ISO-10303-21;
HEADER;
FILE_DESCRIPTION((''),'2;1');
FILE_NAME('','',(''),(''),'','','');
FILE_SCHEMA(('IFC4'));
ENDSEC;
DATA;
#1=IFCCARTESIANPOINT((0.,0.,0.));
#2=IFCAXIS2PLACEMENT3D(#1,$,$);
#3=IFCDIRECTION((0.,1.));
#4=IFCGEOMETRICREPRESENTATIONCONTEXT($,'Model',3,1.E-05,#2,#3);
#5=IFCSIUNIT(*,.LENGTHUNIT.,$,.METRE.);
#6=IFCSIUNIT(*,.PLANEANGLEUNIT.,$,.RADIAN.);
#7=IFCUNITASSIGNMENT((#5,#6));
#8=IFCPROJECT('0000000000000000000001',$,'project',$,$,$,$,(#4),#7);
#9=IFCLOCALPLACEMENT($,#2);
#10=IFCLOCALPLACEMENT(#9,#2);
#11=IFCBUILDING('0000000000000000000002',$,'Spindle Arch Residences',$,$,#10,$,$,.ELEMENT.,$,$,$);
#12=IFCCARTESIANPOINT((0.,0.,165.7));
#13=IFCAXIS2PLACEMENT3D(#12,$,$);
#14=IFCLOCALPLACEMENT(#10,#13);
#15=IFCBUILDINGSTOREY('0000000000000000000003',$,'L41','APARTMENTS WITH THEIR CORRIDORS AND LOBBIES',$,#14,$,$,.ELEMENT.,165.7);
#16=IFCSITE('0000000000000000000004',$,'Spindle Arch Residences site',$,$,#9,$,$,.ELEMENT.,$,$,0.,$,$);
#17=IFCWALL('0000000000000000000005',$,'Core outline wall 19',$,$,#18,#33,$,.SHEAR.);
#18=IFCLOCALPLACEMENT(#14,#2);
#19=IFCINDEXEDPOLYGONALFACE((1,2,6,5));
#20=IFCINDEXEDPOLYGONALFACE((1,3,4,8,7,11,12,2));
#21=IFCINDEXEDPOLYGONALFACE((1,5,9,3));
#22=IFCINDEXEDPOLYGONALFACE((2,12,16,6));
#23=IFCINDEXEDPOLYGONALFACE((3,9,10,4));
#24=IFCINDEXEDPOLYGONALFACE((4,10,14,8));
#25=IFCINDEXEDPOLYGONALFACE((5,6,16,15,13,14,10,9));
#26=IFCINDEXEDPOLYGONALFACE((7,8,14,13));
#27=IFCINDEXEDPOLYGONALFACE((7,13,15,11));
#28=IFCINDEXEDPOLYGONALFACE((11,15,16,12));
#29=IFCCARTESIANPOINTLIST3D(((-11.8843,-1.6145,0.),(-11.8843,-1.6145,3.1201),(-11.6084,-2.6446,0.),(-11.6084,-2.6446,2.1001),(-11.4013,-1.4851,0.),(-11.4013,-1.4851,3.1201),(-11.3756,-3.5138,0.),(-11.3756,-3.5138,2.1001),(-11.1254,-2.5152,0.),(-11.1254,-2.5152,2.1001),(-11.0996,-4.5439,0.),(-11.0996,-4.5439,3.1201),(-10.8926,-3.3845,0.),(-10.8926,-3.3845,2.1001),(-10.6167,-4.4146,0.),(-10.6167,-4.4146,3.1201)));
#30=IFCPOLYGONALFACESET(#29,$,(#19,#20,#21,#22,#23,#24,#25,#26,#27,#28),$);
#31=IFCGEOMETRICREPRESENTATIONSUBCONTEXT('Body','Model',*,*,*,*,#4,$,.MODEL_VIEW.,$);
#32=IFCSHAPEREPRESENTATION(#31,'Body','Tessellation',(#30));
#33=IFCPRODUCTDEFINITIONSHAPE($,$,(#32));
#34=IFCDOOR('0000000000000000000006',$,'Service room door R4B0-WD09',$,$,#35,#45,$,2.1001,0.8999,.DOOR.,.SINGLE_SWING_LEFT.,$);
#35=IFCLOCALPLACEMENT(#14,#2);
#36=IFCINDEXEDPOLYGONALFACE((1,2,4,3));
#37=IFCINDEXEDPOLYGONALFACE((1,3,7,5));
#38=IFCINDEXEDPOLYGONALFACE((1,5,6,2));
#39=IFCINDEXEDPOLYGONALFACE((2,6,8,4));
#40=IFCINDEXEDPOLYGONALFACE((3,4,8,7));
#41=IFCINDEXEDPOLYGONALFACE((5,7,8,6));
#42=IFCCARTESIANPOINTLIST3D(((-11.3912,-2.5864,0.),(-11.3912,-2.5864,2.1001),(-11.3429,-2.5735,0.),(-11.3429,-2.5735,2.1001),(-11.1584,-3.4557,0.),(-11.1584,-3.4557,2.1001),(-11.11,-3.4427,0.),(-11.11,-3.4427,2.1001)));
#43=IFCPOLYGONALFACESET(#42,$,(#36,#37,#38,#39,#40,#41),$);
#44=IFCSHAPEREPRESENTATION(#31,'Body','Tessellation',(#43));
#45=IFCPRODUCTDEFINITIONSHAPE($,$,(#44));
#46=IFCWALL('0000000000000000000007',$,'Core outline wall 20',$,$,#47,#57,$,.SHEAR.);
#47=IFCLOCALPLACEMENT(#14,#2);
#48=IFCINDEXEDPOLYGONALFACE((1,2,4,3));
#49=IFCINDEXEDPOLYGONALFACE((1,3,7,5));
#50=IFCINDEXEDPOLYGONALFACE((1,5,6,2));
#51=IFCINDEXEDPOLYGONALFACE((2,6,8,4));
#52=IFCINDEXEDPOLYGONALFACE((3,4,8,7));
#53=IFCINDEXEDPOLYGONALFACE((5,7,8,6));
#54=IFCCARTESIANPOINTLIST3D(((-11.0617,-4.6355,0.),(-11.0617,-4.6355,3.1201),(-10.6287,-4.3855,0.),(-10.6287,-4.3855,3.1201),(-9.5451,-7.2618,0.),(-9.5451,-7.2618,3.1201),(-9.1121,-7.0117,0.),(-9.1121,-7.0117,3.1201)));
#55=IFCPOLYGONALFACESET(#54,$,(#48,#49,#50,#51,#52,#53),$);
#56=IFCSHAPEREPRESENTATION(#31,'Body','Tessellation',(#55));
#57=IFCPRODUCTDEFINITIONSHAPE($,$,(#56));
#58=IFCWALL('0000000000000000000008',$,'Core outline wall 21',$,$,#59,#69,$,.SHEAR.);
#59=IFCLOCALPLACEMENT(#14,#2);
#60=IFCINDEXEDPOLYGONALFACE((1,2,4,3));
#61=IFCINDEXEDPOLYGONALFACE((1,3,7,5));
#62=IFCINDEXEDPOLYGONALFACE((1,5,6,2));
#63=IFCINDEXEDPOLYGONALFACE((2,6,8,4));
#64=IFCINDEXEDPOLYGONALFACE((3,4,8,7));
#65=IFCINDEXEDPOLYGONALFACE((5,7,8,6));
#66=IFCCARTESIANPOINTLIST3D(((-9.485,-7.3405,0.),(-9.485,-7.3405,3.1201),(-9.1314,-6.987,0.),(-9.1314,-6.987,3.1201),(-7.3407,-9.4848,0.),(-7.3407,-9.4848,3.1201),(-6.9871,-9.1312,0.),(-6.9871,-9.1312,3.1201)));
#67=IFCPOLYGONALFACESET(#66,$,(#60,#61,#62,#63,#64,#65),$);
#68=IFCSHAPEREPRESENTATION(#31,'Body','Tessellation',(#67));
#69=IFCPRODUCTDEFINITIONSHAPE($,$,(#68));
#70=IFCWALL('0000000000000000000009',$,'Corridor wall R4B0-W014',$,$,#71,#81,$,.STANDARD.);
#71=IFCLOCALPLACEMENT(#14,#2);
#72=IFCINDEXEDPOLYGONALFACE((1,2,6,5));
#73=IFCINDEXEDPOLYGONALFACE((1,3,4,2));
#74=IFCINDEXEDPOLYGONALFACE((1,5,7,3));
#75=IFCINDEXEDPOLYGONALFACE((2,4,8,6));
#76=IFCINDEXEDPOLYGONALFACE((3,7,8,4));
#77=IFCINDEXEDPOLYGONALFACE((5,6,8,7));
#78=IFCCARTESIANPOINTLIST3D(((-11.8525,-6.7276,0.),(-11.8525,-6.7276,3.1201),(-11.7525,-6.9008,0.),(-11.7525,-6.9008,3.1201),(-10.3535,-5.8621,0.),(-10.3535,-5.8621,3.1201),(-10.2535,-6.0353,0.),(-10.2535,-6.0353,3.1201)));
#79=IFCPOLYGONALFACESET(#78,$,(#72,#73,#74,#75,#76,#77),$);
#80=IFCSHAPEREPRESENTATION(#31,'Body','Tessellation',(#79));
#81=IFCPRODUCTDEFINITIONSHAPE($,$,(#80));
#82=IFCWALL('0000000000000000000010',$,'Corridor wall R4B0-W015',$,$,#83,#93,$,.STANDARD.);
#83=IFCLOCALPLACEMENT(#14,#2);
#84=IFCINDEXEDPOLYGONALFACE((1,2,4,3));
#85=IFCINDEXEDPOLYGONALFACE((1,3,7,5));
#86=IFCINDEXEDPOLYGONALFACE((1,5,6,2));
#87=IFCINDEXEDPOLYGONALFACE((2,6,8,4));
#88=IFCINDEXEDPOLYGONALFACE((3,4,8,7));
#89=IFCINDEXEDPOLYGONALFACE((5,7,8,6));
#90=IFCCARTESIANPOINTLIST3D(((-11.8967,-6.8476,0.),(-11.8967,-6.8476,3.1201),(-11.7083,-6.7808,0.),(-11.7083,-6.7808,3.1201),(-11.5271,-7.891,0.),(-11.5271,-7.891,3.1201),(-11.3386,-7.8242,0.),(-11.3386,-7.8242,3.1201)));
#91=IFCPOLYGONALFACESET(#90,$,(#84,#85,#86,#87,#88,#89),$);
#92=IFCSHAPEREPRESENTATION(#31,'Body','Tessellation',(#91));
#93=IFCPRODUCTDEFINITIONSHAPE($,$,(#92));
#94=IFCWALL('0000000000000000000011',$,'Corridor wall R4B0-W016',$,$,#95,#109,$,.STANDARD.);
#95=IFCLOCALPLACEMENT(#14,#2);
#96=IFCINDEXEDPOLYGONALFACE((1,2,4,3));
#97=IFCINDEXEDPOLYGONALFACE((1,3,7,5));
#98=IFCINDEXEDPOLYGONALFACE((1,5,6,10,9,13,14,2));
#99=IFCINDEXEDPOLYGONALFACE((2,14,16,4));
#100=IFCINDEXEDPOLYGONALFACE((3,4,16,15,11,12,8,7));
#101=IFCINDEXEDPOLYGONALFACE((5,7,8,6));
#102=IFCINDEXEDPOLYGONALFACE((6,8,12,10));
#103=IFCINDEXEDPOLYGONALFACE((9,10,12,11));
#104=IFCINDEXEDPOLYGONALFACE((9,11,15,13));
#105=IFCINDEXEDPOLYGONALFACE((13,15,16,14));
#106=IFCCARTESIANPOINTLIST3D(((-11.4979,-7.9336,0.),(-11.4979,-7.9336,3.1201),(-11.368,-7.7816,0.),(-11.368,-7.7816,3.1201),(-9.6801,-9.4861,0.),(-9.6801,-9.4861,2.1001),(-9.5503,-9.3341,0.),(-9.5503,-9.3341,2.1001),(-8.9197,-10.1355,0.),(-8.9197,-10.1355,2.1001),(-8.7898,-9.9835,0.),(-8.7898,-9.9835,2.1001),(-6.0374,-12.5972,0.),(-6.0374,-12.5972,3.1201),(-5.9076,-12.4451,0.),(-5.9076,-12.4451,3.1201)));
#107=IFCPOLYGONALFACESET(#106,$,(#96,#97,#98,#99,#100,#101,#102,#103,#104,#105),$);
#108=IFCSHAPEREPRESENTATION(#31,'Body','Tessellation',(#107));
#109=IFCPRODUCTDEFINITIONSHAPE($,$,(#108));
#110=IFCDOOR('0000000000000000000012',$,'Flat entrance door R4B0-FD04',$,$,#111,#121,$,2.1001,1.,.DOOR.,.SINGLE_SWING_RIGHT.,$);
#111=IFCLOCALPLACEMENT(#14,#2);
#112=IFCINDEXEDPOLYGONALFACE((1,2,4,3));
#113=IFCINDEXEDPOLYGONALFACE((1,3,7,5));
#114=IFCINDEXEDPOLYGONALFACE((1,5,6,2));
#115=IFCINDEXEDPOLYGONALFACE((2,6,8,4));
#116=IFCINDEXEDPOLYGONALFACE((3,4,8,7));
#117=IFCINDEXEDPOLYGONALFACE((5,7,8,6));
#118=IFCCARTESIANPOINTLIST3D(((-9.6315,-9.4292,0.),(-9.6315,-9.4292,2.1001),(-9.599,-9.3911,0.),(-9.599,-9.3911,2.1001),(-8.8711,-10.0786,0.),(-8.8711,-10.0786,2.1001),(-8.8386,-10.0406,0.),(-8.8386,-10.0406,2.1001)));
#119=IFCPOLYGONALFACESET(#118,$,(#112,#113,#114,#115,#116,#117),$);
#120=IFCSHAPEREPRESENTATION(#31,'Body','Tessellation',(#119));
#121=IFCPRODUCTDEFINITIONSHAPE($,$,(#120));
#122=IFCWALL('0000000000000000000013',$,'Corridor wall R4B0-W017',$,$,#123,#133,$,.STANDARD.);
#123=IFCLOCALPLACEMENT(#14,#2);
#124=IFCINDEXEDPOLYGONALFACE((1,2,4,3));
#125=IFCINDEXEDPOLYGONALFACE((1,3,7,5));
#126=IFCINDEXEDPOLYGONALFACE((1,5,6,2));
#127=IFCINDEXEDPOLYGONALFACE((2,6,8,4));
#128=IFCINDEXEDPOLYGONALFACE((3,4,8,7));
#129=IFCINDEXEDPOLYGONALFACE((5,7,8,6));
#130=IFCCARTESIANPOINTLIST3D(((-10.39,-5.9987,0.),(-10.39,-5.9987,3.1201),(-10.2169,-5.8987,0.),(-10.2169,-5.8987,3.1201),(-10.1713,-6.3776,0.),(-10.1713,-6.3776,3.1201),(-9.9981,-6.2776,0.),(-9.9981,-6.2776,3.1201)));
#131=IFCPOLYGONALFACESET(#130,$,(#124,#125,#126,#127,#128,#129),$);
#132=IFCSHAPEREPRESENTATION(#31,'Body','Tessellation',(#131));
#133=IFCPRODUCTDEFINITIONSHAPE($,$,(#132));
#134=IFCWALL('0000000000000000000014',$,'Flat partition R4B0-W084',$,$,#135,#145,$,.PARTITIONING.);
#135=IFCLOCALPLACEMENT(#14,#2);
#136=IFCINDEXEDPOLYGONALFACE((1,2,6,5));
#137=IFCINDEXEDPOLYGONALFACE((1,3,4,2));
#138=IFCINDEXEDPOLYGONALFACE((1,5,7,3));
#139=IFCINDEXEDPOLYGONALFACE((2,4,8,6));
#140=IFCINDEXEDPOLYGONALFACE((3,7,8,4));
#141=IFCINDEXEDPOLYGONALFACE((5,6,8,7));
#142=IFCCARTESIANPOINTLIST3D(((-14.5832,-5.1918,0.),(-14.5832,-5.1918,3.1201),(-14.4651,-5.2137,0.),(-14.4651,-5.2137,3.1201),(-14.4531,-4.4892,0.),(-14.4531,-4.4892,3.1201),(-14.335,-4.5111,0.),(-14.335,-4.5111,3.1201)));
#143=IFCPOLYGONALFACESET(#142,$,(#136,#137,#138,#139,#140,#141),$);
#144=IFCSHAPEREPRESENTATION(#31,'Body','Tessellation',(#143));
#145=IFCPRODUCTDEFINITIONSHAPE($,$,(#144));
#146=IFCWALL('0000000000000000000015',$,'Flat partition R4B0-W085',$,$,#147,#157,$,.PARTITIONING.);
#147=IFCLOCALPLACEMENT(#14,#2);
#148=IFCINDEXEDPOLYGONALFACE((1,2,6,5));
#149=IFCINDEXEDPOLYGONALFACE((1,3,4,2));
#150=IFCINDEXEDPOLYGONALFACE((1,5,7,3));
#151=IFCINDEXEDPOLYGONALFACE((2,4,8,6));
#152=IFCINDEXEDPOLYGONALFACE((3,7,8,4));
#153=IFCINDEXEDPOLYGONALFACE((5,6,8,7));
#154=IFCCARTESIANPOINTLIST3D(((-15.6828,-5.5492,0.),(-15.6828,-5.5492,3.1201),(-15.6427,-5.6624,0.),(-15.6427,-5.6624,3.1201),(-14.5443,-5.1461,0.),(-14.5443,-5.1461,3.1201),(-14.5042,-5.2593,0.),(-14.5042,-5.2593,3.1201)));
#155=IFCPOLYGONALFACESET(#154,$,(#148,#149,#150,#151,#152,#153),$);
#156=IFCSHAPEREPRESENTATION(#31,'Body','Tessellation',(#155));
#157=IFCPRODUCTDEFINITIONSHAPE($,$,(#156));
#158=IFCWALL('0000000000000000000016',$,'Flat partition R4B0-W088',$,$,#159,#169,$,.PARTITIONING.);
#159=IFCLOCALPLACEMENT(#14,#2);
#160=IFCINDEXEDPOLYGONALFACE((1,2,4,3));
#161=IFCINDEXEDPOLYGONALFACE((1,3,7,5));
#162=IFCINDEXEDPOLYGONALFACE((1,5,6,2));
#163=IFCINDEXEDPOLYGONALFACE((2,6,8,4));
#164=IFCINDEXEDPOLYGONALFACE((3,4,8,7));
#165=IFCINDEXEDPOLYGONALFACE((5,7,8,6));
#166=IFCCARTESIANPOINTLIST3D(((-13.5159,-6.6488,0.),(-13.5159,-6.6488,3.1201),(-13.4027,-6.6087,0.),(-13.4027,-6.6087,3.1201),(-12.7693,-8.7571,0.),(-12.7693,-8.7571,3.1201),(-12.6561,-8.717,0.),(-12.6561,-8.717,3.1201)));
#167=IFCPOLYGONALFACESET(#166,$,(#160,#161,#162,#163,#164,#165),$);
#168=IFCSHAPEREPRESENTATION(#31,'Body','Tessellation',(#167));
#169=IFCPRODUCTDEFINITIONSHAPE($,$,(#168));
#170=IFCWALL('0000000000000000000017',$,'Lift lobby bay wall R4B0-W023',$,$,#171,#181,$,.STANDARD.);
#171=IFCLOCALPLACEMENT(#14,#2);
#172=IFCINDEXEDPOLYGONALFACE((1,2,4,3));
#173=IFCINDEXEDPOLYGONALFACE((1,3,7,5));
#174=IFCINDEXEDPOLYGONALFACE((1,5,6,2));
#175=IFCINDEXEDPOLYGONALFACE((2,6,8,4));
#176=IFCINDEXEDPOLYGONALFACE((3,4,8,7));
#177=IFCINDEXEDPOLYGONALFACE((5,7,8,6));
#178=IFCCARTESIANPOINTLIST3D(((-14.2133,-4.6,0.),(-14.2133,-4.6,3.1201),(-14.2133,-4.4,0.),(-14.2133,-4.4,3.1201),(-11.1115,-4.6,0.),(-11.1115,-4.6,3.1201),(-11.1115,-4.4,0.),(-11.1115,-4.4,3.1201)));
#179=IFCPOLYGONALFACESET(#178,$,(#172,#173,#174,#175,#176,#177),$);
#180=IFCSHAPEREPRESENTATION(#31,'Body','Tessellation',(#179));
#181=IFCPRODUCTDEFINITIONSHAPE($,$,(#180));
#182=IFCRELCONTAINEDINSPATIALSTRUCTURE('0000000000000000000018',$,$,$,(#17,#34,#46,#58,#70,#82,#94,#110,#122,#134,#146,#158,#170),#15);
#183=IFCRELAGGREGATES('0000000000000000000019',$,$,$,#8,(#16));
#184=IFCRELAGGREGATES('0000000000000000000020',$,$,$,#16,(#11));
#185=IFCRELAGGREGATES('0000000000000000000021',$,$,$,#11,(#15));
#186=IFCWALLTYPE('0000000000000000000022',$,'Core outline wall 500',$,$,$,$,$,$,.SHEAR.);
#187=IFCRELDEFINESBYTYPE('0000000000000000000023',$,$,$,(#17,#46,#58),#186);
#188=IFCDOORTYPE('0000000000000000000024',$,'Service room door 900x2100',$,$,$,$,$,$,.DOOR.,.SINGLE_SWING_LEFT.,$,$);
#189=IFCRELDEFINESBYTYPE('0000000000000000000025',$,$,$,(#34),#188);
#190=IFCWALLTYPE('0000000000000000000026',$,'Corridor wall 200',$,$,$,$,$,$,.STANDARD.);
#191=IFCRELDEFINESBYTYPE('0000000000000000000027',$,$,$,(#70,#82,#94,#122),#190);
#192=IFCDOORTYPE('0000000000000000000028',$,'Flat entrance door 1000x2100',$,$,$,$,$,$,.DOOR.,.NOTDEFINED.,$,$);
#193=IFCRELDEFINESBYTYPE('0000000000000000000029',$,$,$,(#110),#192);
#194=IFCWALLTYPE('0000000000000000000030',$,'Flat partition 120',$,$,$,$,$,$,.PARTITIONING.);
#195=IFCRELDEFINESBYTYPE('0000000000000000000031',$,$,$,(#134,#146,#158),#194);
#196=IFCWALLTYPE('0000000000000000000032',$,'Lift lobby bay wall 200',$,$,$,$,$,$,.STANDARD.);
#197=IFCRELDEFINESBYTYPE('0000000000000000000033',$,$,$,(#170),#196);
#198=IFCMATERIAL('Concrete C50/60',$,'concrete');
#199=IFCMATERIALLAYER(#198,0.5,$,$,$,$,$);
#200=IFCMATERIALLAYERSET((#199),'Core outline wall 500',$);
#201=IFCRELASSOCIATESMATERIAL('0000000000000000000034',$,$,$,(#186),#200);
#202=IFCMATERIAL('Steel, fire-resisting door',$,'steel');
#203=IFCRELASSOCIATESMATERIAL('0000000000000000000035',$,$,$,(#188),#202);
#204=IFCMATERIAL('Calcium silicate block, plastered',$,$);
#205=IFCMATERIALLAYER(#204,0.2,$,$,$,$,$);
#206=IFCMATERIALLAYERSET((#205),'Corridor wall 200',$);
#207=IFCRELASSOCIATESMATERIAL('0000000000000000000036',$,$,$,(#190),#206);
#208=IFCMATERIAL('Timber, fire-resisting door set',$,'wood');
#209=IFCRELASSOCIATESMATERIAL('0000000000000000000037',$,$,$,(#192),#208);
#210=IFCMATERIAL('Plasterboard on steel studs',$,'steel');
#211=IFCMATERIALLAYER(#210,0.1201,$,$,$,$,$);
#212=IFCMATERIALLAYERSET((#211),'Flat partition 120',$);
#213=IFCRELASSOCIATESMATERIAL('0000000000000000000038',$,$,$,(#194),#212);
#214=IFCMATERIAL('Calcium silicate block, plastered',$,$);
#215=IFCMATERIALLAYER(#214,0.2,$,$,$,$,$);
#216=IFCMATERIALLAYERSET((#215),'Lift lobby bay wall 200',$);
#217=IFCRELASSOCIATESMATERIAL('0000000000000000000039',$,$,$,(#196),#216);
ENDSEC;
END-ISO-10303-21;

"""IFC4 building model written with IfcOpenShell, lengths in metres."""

from ifc_helpers import new_model, si_unit, direction, frame, frame_2d, origin, place, context, subcontext, project, spatial, rectangle, extrude, material, layer, layer_set, type_object, element, fill, save


model = new_model("IFC4")

# Units and contexts
model_context = context("Model", 3, precision=1e-05, world=origin(), true_north=direction((0.0, 1.0)))
body_context = subcontext(model_context, "Body", "Model", "MODEL_VIEW")
ifc_project = project(units=[si_unit("LENGTHUNIT", "METRE"), si_unit("PLANEANGLEUNIT", "RADIAN")], contexts=[model_context])

# Site, building, storey
site_placement = place(None, origin())
site = spatial("IfcSite", under=ifc_project, at=site_placement, Name="Spindle Arch Residences site", CompositionType="ELEMENT", RefElevation=0.0)
building_placement = place(site_placement, origin())
building = spatial("IfcBuilding", under=site, at=building_placement, Name="Spindle Arch Residences", CompositionType="ELEMENT")
storey_placement = place(building_placement, frame((0.0, 0.0, 165.7)))
storey = spatial("IfcBuildingStorey", under=building, at=storey_placement, Name="L41", Description="APARTMENTS WITH THEIR CORRIDORS AND LOBBIES", CompositionType="ELEMENT", Elevation=165.7)

# Wall, opening, door
ifc_material_1 = material(Name="Concrete C50/60", Category="concrete")
ifc_layer_1 = layer(ifc_material_1, 0.5)
ifc_layer_set_1 = layer_set([ifc_layer_1], Name="Core outline wall 500")
wall_type_1 = type_object("IfcWallType", Name="Core outline wall 500", PredefinedType="SHEAR", material=ifc_layer_set_1)
wall_1_placement = place(storey_placement, frame((-11.6428, -1.5498, 0.0), z_axis=(0.0, 0.0, 1.0), x_axis=(0.258735, -0.965948, 0.0)))
wall_1 = element("IfcWall", 1, at=wall_1_placement, inside=storey, type_object=wall_type_1, Name="Core outline wall 19", PredefinedType="SHEAR", context=body_context, shape_type="SweptSolid", body=[
    extrude(rectangle(XDim=3.0327, YDim=0.5, at=frame_2d((1.5164, 0.0))), origin(), (0.0, 0.0, 1.0), 3.1201),
])
opening_1_placement = place(wall_1_placement, frame((1.0664, 0.0, 0.0)))
opening_1 = element("IfcOpeningElement", 2, at=opening_1_placement, cuts=wall_1, PredefinedType="OPENING", context=body_context, shape_type="SweptSolid", body=[
    extrude(rectangle(XDim=0.8999, YDim=2.1001, at=frame_2d((0.45, 1.05))), frame((0.0, 0.26, 0.0), z_axis=(0.0, -1.0, 0.0), x_axis=(1.0, 0.0, 0.0)), (0.0, 0.0, 1.0), 0.52),
])
ifc_material_2 = material(Name="Steel, fire-resisting door", Category="steel")
door_type_1 = type_object("IfcDoorType", Name="Service room door 900x2100", OperationType="SINGLE_SWING_LEFT", PredefinedType="DOOR", material=ifc_material_2)
door_1_placement = place(opening_1_placement, origin())
door_1 = element("IfcDoor", 3, at=door_1_placement, inside=storey, type_object=door_type_1, Name="Service room door R4B0-WD09", OperationType="SINGLE_SWING_LEFT", OverallHeight=2.1001, OverallWidth=0.8999, PredefinedType="DOOR", context=body_context, shape_type="SweptSolid", body=[
    extrude(rectangle(XDim=0.8999, YDim=2.1001, at=frame_2d((0.45, 1.05))), frame((0.0, 0.0249, 0.0), z_axis=(0.0, -1.0, 0.0), x_axis=(1.0, 0.0, 0.0)), (0.0, 0.0, 1.0), 0.05),
])
fill(opening_1, door_1)

# Walls
wall_2_placement = place(storey_placement, frame((-10.8452, -4.5105, 0.0), z_axis=(0.0, 0.0, 1.0), x_axis=(0.500087, -0.865975, 0.0)))
element("IfcWall", 4, at=wall_2_placement, inside=storey, type_object=wall_type_1, Name="Core outline wall 20", PredefinedType="SHEAR", context=body_context, shape_type="SweptSolid", body=[
    extrude(rectangle(XDim=3.0327, YDim=0.5, at=frame_2d((1.5164, 0.0))), origin(), (0.0, 0.0, 1.0), 3.1201),
])
wall_3_placement = place(storey_placement, frame((-9.3081, -7.1638, 0.0), z_axis=(0.0, 0.0, 1.0), x_axis=(0.707107, -0.707107, 0.0)))
element("IfcWall", 5, at=wall_3_placement, inside=storey, type_object=wall_type_1, Name="Core outline wall 21", PredefinedType="SHEAR", context=body_context, shape_type="SweptSolid", body=[
    extrude(rectangle(XDim=3.0325, YDim=0.5, at=frame_2d((1.5161, 0.0))), origin(), (0.0, 0.0, 1.0), 3.1201),
])
ifc_material_3 = material(Name="Calcium silicate block, plastered")
ifc_layer_2 = layer(ifc_material_3, 0.2)
ifc_layer_set_2 = layer_set([ifc_layer_2], Name="Corridor wall 200")
wall_type_2 = type_object("IfcWallType", Name="Corridor wall 200", PredefinedType="STANDARD", material=ifc_layer_set_2)
wall_4_placement = place(storey_placement, frame((-10.3035, -5.9487, 0.0), z_axis=(0.0, 0.0, 1.0), x_axis=(-0.866021, -0.500007, 0.0)))
element("IfcWall", 6, at=wall_4_placement, inside=storey, type_object=wall_type_2, Name="Corridor wall R4B0-W014", PredefinedType="STANDARD", context=body_context, shape_type="SweptSolid", body=[
    extrude(rectangle(XDim=1.731, YDim=0.2, at=frame_2d((0.8655, 0.0))), origin(), (0.0, 0.0, 1.0), 3.1201),
])
wall_5_placement = place(storey_placement, frame((-11.8025, -6.8142, 0.0), z_axis=(0.0, 0.0, 1.0), x_axis=(0.333904, -0.942607, 0.0)))
element("IfcWall", 7, at=wall_5_placement, inside=storey, type_object=wall_type_2, Name="Corridor wall R4B0-W015", PredefinedType="STANDARD", context=body_context, shape_type="SweptSolid", body=[
    extrude(rectangle(XDim=1.1069, YDim=0.2, at=frame_2d((0.5535, 0.0))), origin(), (0.0, 0.0, 1.0), 3.1201),
])

# Wall, opening, door
wall_6_placement = place(storey_placement, frame((-11.4329, -7.8577, 0.0), z_axis=(0.0, 0.0, 1.0), x_axis=(0.760412, -0.649441, 0.0)))
wall_6 = element("IfcWall", 8, at=wall_6_placement, inside=storey, type_object=wall_type_2, Name="Corridor wall R4B0-W016", PredefinedType="STANDARD", context=body_context, shape_type="SweptSolid", body=[
    extrude(rectangle(XDim=7.1809, YDim=0.2, at=frame_2d((3.5903, 0.0))), origin(), (0.0, 0.0, 1.0), 3.1201),
])
opening_2_placement = place(wall_6_placement, frame((2.3904, 0.0, 0.0)))
opening_2 = element("IfcOpeningElement", 9, at=opening_2_placement, cuts=wall_6, PredefinedType="OPENING", context=body_context, shape_type="SweptSolid", body=[
    extrude(rectangle(XDim=1.0, YDim=2.1001, at=frame_2d((0.5, 1.05))), frame((0.0, 0.1099, 0.0), z_axis=(0.0, -1.0, 0.0), x_axis=(1.0, 0.0, 0.0)), (0.0, 0.0, 1.0), 0.22),
])
ifc_material_4 = material(Name="Timber, fire-resisting door set", Category="wood")
door_type_2 = type_object("IfcDoorType", Name="Flat entrance door 1000x2100", OperationType="NOTDEFINED", PredefinedType="DOOR", material=ifc_material_4)
door_2_placement = place(opening_2_placement, origin())
door_2 = element("IfcDoor", 10, at=door_2_placement, inside=storey, type_object=door_type_2, Name="Flat entrance door R4B0-FD04", OperationType="SINGLE_SWING_RIGHT", OverallHeight=2.1001, OverallWidth=1.0, PredefinedType="DOOR", context=body_context, shape_type="SweptSolid", body=[
    extrude(rectangle(XDim=1.0, YDim=2.1001, at=frame_2d((0.5, 1.05))), frame((0.0, 0.0249, 0.0), z_axis=(0.0, -1.0, 0.0), x_axis=(1.0, 0.0, 0.0)), (0.0, 0.0, 1.0), 0.05),
])
fill(opening_2, door_2)

# Walls
wall_7_placement = place(storey_placement, frame((-10.3035, -5.9487, 0.0), z_axis=(0.0, 0.0, 1.0), x_axis=(0.49998, -0.866037, 0.0)))
element("IfcWall", 11, at=wall_7_placement, inside=storey, type_object=wall_type_2, Name="Corridor wall R4B0-W017", PredefinedType="STANDARD", context=body_context, shape_type="SweptSolid", body=[
    extrude(rectangle(XDim=0.4375, YDim=0.2, at=frame_2d((0.2188, 0.0))), origin(), (0.0, 0.0, 1.0), 3.1201),
])
ifc_material_5 = material(Name="Plasterboard on steel studs", Category="steel")
ifc_layer_3 = layer(ifc_material_5, 0.1201)
ifc_layer_set_3 = layer_set([ifc_layer_3], Name="Flat partition 120")
wall_type_3 = type_object("IfcWallType", Name="Flat partition 120", PredefinedType="PARTITIONING", material=ifc_layer_set_3)
wall_8_placement = place(storey_placement, frame((-14.394, -4.5, 0.0), z_axis=(0.0, 0.0, 1.0), x_axis=(-0.182101, -0.98328, 0.0)))
element("IfcWall", 12, at=wall_8_placement, inside=storey, type_object=wall_type_3, Name="Flat partition R4B0-W084", PredefinedType="PARTITIONING", context=body_context, shape_type="SweptSolid", body=[
    extrude(rectangle(XDim=0.7146, YDim=0.1201, at=frame_2d((0.3574, 0.0))), origin(), (0.0, 0.0, 1.0), 3.1201),
])
wall_9_placement = place(storey_placement, frame((-14.5242, -5.2026, 0.0), z_axis=(0.0, 0.0, 1.0), x_axis=(-0.942658, -0.333761, 0.0)))
element("IfcWall", 13, at=wall_9_placement, inside=storey, type_object=wall_type_3, Name="Flat partition R4B0-W085", PredefinedType="PARTITIONING", context=body_context, shape_type="SweptSolid", body=[
    extrude(rectangle(XDim=1.2078, YDim=0.1201, at=frame_2d((0.604, 0.0))), origin(), (0.0, 0.0, 1.0), 3.1201),
])
wall_10_placement = place(storey_placement, frame((-13.4592, -6.6289, 0.0), z_axis=(0.0, 0.0, 1.0), x_axis=(0.333791, -0.942647, 0.0)))
element("IfcWall", 14, at=wall_10_placement, inside=storey, type_object=wall_type_3, Name="Flat partition R4B0-W088", PredefinedType="PARTITIONING", context=body_context, shape_type="SweptSolid", body=[
    extrude(rectangle(XDim=2.2366, YDim=0.1201, at=frame_2d((1.1182, 0.0))), origin(), (0.0, 0.0, 1.0), 3.1201),
])
ifc_material_6 = material(Name="Calcium silicate block, plastered")
ifc_layer_4 = layer(ifc_material_6, 0.2)
ifc_layer_set_4 = layer_set([ifc_layer_4], Name="Lift lobby bay wall 200")
wall_type_4 = type_object("IfcWallType", Name="Lift lobby bay wall 200", PredefinedType="STANDARD", material=ifc_layer_set_4)
wall_11_placement = place(storey_placement, frame((-14.2131, -4.5, 0.0), z_axis=(0.0, 0.0, 1.0), x_axis=(1.0, 0.0, 0.0)))
element("IfcWall", 15, at=wall_11_placement, inside=storey, type_object=wall_type_4, Name="Lift lobby bay wall R4B0-W023", PredefinedType="STANDARD", context=body_context, shape_type="SweptSolid", body=[
    extrude(rectangle(XDim=3.1018, YDim=0.2, at=frame_2d((1.5508, 0.0))), origin(), (0.0, 0.0, 1.0), 3.1201),
])

save(model, "model.ifc")
